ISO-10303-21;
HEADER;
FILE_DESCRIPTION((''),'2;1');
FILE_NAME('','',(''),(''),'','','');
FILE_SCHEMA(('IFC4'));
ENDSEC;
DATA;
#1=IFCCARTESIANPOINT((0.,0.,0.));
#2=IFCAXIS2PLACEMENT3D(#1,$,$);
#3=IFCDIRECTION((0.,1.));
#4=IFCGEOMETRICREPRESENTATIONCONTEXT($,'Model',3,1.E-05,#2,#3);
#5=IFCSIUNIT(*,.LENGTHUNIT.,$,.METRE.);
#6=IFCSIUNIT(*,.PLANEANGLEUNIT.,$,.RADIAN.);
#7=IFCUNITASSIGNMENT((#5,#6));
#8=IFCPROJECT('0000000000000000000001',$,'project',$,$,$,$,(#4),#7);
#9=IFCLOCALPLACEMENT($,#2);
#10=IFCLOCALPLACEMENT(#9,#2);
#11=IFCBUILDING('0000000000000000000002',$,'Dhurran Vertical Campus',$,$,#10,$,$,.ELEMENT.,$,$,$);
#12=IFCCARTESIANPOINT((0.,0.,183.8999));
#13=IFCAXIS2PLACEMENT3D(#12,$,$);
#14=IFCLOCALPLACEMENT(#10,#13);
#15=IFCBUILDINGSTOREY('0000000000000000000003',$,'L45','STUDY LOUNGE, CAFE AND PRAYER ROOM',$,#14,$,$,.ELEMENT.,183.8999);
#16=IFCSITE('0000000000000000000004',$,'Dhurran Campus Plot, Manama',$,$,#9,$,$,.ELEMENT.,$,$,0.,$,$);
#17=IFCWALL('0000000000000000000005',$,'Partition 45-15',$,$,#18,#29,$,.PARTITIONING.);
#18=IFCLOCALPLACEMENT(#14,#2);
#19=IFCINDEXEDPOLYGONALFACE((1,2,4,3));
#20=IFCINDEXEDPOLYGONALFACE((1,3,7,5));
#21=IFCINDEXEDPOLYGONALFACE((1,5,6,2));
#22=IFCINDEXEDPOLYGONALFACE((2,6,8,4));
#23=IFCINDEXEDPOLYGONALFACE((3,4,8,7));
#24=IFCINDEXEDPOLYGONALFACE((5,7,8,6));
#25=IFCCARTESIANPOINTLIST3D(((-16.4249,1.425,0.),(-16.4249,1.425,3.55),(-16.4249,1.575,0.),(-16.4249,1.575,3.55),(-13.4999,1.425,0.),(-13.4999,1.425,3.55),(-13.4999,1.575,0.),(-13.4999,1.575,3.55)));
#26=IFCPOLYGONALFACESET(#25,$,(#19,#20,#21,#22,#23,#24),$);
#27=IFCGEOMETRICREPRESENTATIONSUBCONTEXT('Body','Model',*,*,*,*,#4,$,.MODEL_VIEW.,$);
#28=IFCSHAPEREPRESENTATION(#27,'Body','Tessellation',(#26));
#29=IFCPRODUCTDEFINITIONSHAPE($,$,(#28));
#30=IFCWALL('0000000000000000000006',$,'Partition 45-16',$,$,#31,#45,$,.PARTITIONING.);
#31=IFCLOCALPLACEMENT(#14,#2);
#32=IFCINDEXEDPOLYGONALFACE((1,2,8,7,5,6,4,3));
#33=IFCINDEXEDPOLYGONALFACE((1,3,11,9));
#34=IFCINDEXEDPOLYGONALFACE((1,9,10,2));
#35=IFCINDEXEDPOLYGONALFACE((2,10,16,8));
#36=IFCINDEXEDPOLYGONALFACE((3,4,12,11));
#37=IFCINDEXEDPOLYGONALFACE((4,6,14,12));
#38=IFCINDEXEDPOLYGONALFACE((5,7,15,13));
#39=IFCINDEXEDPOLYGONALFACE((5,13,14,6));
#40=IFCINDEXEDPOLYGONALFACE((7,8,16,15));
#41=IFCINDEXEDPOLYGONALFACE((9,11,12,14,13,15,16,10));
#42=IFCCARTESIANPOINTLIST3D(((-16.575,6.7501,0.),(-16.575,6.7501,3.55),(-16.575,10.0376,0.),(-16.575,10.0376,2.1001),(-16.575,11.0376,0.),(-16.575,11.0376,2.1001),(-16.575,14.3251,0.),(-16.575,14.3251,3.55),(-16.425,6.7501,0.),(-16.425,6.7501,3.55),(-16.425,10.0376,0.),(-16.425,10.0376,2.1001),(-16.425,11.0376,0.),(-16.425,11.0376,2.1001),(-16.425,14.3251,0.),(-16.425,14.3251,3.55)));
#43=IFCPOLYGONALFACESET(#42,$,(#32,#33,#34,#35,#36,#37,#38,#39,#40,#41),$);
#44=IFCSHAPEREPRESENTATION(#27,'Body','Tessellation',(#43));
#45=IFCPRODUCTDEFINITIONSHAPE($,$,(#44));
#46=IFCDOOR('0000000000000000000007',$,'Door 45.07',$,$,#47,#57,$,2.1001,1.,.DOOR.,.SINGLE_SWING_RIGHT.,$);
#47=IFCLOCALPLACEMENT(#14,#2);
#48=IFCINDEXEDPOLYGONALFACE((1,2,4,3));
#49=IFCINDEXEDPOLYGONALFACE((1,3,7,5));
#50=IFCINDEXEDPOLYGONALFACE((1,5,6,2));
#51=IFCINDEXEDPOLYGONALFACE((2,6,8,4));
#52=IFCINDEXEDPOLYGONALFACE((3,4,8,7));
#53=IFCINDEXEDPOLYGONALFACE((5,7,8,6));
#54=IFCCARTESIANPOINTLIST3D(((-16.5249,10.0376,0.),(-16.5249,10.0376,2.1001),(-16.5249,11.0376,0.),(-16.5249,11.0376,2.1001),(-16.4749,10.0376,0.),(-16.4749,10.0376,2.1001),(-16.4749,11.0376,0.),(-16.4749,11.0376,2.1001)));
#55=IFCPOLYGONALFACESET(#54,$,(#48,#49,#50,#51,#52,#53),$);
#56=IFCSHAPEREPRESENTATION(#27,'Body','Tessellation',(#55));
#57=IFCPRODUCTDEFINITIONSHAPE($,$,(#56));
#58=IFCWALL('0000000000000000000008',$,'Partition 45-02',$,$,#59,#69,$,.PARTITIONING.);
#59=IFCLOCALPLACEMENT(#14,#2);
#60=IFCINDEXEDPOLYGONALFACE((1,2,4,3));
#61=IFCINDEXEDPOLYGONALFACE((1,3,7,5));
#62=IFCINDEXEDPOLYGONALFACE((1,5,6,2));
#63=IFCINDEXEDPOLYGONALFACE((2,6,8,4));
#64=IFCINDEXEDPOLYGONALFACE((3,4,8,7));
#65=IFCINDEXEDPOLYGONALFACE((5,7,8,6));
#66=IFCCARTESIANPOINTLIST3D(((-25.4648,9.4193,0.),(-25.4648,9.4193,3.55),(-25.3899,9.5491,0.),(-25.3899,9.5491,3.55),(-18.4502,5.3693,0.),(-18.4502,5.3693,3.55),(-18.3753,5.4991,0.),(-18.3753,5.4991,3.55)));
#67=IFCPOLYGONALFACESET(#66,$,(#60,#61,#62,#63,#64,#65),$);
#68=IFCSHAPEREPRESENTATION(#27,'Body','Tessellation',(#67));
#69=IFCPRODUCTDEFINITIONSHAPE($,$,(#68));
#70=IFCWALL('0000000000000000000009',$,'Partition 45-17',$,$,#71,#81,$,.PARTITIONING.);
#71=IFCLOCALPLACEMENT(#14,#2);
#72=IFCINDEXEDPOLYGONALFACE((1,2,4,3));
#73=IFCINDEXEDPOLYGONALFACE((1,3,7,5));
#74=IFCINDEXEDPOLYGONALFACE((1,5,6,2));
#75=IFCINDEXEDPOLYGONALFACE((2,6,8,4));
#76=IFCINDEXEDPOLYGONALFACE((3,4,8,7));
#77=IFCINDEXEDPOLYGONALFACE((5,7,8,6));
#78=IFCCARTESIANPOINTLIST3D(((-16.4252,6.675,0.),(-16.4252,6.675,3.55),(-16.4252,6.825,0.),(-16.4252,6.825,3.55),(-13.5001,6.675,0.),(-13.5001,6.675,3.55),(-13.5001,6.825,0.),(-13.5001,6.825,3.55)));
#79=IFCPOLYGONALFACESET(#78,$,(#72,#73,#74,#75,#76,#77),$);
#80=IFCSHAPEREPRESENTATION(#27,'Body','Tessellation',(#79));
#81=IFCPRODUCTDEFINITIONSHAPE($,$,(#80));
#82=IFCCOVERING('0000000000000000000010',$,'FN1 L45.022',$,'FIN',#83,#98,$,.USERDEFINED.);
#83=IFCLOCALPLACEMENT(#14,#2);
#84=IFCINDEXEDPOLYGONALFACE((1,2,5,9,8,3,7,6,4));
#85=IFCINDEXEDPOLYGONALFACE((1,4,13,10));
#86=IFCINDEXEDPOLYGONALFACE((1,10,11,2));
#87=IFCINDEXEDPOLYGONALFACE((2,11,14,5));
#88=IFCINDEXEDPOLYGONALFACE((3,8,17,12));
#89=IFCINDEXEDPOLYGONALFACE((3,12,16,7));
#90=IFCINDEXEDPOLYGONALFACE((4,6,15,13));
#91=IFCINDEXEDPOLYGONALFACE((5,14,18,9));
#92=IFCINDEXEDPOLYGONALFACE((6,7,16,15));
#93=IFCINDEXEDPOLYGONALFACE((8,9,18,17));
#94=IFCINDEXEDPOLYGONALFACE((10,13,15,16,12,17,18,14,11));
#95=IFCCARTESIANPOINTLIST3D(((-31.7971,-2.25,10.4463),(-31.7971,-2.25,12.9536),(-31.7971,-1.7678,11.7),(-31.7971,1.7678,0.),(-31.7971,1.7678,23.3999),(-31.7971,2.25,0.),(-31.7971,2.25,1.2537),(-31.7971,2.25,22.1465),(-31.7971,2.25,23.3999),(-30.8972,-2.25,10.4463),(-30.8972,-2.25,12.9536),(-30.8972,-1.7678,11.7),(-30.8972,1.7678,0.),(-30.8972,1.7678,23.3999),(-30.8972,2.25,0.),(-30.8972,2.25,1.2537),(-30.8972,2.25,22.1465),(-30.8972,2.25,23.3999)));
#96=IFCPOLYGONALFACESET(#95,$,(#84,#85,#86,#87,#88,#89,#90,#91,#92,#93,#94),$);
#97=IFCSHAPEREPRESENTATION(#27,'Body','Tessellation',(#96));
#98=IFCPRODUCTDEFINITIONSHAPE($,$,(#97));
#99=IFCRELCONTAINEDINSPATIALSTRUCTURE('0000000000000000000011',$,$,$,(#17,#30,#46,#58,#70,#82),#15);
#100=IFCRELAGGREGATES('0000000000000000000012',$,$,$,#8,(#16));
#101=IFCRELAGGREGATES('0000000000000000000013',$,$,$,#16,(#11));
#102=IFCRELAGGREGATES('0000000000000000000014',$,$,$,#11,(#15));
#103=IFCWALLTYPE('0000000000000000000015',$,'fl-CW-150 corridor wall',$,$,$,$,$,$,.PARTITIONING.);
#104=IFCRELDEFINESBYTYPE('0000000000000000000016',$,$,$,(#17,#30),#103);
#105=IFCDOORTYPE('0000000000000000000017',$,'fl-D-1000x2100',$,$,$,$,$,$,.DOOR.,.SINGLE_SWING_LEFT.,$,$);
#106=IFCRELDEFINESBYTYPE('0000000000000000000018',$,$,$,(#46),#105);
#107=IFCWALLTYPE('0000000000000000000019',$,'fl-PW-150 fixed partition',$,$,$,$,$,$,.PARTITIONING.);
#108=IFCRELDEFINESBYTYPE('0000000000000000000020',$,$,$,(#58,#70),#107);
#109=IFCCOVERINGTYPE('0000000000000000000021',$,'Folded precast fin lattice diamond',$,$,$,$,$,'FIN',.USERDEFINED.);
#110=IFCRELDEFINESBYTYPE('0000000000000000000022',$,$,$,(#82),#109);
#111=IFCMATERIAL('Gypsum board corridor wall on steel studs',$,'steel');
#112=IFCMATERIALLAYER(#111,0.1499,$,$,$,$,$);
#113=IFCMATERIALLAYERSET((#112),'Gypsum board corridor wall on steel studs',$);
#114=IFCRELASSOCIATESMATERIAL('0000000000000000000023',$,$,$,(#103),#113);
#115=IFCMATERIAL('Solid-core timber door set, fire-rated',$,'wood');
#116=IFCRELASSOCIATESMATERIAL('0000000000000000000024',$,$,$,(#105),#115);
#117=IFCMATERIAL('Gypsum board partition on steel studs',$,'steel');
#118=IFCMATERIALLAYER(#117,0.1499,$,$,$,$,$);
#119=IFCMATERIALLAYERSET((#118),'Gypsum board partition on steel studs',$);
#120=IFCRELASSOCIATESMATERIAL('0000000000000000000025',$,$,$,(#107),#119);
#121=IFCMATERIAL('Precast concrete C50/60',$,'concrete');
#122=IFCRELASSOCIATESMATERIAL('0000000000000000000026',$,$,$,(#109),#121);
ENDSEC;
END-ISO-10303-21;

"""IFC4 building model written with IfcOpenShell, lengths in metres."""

from ifc_helpers import new_model, si_unit, direction, frame, frame_2d, origin, place, context, subcontext, project, spatial, polyline, rectangle, outline, extrude, material, layer, layer_set, type_object, element, fill, save


model = new_model("IFC4")

# Units and contexts
model_context = context("Model", 3, precision=1e-05, world=origin(), true_north=direction((0.0, 1.0)))
body_context = subcontext(model_context, "Body", "Model", "MODEL_VIEW")
ifc_project = project(units=[si_unit("LENGTHUNIT", "METRE"), si_unit("PLANEANGLEUNIT", "RADIAN")], contexts=[model_context])

# Site, building, storey
site_placement = place(None, origin())
site = spatial("IfcSite", under=ifc_project, at=site_placement, Name="Dhurran Campus Plot, Manama", CompositionType="ELEMENT", RefElevation=0.0)
building_placement = place(site_placement, origin())
building = spatial("IfcBuilding", under=site, at=building_placement, Name="Dhurran Vertical Campus", CompositionType="ELEMENT")
storey_placement = place(building_placement, frame((0.0, 0.0, 183.8999)))
storey = spatial("IfcBuildingStorey", under=building, at=storey_placement, Name="L45", Description="STUDY LOUNGE, CAFE AND PRAYER ROOM", CompositionType="ELEMENT", Elevation=183.8999)

# Shared definitions
ifc_material_1 = material(Name="Gypsum board corridor wall on steel studs", Category="steel")
ifc_layer_1 = layer(ifc_material_1, 0.1499)
ifc_layer_set_1 = layer_set([ifc_layer_1], Name="Gypsum board corridor wall on steel studs")
wall_type_1 = type_object("IfcWallType", Name="fl-CW-150 corridor wall", PredefinedType="PARTITIONING", material=ifc_layer_set_1)
ifc_material_2 = material(Name="Solid-core timber door set, fire-rated", Category="wood")
door_type_1 = type_object("IfcDoorType", Name="fl-D-1000x2100", OperationType="SINGLE_SWING_LEFT", PredefinedType="DOOR", material=ifc_material_2)

# Wall
wall_1_placement = place(storey_placement, frame((-13.5, 1.5, 0.0), z_axis=(0.0, 0.0, 1.0), x_axis=(-1.0, 0.0, 0.0)))
element("IfcWall", 1, at=wall_1_placement, inside=storey, type_object=wall_type_1, Name="Partition 45-15", PredefinedType="PARTITIONING", context=body_context, shape_type="SweptSolid", body=[
    extrude(rectangle(XDim=2.925, YDim=0.1499, at=frame_2d((1.4624, 0.0))), origin(), (0.0, 0.0, 1.0), 3.55),
])

# Wall, opening, door
wall_2_placement = place(storey_placement, frame((-16.5, 6.75, 0.0), z_axis=(0.0, 0.0, 1.0), x_axis=(0.0, 1.0, 0.0)))
wall_2 = element("IfcWall", 2, at=wall_2_placement, inside=storey, type_object=wall_type_1, Name="Partition 45-16", PredefinedType="PARTITIONING", context=body_context, shape_type="SweptSolid", body=[
    extrude(rectangle(XDim=7.575, YDim=0.1499, at=frame_2d((3.7876, 0.0))), origin(), (0.0, 0.0, 1.0), 3.55),
])
opening_1_placement = place(wall_2_placement, frame((3.2876, 0.0, 0.0)))
opening_1 = element("IfcOpeningElement", 3, at=opening_1_placement, cuts=wall_2, PredefinedType="OPENING", context=body_context, shape_type="SweptSolid", body=[
    extrude(rectangle(XDim=1.0, YDim=2.1001, at=frame_2d((0.5, 1.05))), frame((0.0, 0.085, 0.0), z_axis=(0.0, -1.0, 0.0), x_axis=(1.0, 0.0, 0.0)), (0.0, 0.0, 1.0), 0.1699),
])
door_1_placement = place(opening_1_placement, origin())
door_1 = element("IfcDoor", 4, at=door_1_placement, inside=storey, type_object=door_type_1, Name="Door 45.07", OperationType="SINGLE_SWING_RIGHT", OverallHeight=2.1001, OverallWidth=1.0, PredefinedType="DOOR", context=body_context, shape_type="SweptSolid", body=[
    extrude(rectangle(XDim=1.0, YDim=2.1001, at=frame_2d((0.5, 1.05))), frame((0.0, 0.0249, 0.0), z_axis=(0.0, -1.0, 0.0), x_axis=(1.0, 0.0, 0.0)), (0.0, 0.0, 1.0), 0.05),
])
fill(opening_1, door_1)

# Walls
ifc_material_3 = material(Name="Gypsum board partition on steel studs", Category="steel")
ifc_layer_2 = layer(ifc_material_3, 0.1499)
ifc_layer_set_2 = layer_set([ifc_layer_2], Name="Gypsum board partition on steel studs")
wall_type_2 = type_object("IfcWallType", Name="fl-PW-150 fixed partition", PredefinedType="PARTITIONING", material=ifc_layer_set_2)
wall_3_placement = place(storey_placement, frame((-25.4272, 9.4841, 0.0), z_axis=(0.0, 0.0, 1.0), x_axis=(0.866018, -0.500013, 0.0)))
element("IfcWall", 5, at=wall_3_placement, inside=storey, type_object=wall_type_2, Name="Partition 45-02", PredefinedType="PARTITIONING", context=body_context, shape_type="SweptSolid", body=[
    extrude(rectangle(XDim=8.0999, YDim=0.1499, at=frame_2d((4.0498, 0.0))), origin(), (0.0, 0.0, 1.0), 3.55),
])
wall_4_placement = place(storey_placement, frame((-16.425, 6.75, 0.0), z_axis=(0.0, 0.0, 1.0), x_axis=(1.0, 0.0, 0.0)))
element("IfcWall", 6, at=wall_4_placement, inside=storey, type_object=wall_type_2, Name="Partition 45-17", PredefinedType="PARTITIONING", context=body_context, shape_type="SweptSolid", body=[
    extrude(rectangle(XDim=2.925, YDim=0.1499, at=frame_2d((1.4624, 0.0))), origin(), (0.0, 0.0, 1.0), 3.55),
])

# Covering
ifc_material_4 = material(Name="Precast concrete C50/60", Category="concrete")
covering_type = type_object("IfcCoveringType", Name="Folded precast fin lattice diamond", ElementType="FIN", PredefinedType="USERDEFINED", material=ifc_material_4)
covering_1_placement = place(storey_placement, frame((-30.8972, 2.25, 0.0), z_axis=(-1.0, 0.0, 0.0), x_axis=(0.0, -1.0, 0.0)))
element("IfcCovering", 7, at=covering_1_placement, inside=storey, type_object=covering_type, Name="FN1 L45.022", ObjectType="FIN", PredefinedType="USERDEFINED", context=body_context, shape_type="SweptSolid", body=[
    extrude(outline(polyline([(4.5, 10.4463), (0.4822, 0.0), (0.0, 0.0), (0.0, 1.2537), (4.0178, 11.7), (0.0, 22.1465), (0.0, 23.3999), (0.4822, 23.3999), (4.5, 12.9536), (4.5, 10.4463)])), origin(), (0.0, 0.0, 1.0), 0.8999),
])

save(model, "model.ifc")
